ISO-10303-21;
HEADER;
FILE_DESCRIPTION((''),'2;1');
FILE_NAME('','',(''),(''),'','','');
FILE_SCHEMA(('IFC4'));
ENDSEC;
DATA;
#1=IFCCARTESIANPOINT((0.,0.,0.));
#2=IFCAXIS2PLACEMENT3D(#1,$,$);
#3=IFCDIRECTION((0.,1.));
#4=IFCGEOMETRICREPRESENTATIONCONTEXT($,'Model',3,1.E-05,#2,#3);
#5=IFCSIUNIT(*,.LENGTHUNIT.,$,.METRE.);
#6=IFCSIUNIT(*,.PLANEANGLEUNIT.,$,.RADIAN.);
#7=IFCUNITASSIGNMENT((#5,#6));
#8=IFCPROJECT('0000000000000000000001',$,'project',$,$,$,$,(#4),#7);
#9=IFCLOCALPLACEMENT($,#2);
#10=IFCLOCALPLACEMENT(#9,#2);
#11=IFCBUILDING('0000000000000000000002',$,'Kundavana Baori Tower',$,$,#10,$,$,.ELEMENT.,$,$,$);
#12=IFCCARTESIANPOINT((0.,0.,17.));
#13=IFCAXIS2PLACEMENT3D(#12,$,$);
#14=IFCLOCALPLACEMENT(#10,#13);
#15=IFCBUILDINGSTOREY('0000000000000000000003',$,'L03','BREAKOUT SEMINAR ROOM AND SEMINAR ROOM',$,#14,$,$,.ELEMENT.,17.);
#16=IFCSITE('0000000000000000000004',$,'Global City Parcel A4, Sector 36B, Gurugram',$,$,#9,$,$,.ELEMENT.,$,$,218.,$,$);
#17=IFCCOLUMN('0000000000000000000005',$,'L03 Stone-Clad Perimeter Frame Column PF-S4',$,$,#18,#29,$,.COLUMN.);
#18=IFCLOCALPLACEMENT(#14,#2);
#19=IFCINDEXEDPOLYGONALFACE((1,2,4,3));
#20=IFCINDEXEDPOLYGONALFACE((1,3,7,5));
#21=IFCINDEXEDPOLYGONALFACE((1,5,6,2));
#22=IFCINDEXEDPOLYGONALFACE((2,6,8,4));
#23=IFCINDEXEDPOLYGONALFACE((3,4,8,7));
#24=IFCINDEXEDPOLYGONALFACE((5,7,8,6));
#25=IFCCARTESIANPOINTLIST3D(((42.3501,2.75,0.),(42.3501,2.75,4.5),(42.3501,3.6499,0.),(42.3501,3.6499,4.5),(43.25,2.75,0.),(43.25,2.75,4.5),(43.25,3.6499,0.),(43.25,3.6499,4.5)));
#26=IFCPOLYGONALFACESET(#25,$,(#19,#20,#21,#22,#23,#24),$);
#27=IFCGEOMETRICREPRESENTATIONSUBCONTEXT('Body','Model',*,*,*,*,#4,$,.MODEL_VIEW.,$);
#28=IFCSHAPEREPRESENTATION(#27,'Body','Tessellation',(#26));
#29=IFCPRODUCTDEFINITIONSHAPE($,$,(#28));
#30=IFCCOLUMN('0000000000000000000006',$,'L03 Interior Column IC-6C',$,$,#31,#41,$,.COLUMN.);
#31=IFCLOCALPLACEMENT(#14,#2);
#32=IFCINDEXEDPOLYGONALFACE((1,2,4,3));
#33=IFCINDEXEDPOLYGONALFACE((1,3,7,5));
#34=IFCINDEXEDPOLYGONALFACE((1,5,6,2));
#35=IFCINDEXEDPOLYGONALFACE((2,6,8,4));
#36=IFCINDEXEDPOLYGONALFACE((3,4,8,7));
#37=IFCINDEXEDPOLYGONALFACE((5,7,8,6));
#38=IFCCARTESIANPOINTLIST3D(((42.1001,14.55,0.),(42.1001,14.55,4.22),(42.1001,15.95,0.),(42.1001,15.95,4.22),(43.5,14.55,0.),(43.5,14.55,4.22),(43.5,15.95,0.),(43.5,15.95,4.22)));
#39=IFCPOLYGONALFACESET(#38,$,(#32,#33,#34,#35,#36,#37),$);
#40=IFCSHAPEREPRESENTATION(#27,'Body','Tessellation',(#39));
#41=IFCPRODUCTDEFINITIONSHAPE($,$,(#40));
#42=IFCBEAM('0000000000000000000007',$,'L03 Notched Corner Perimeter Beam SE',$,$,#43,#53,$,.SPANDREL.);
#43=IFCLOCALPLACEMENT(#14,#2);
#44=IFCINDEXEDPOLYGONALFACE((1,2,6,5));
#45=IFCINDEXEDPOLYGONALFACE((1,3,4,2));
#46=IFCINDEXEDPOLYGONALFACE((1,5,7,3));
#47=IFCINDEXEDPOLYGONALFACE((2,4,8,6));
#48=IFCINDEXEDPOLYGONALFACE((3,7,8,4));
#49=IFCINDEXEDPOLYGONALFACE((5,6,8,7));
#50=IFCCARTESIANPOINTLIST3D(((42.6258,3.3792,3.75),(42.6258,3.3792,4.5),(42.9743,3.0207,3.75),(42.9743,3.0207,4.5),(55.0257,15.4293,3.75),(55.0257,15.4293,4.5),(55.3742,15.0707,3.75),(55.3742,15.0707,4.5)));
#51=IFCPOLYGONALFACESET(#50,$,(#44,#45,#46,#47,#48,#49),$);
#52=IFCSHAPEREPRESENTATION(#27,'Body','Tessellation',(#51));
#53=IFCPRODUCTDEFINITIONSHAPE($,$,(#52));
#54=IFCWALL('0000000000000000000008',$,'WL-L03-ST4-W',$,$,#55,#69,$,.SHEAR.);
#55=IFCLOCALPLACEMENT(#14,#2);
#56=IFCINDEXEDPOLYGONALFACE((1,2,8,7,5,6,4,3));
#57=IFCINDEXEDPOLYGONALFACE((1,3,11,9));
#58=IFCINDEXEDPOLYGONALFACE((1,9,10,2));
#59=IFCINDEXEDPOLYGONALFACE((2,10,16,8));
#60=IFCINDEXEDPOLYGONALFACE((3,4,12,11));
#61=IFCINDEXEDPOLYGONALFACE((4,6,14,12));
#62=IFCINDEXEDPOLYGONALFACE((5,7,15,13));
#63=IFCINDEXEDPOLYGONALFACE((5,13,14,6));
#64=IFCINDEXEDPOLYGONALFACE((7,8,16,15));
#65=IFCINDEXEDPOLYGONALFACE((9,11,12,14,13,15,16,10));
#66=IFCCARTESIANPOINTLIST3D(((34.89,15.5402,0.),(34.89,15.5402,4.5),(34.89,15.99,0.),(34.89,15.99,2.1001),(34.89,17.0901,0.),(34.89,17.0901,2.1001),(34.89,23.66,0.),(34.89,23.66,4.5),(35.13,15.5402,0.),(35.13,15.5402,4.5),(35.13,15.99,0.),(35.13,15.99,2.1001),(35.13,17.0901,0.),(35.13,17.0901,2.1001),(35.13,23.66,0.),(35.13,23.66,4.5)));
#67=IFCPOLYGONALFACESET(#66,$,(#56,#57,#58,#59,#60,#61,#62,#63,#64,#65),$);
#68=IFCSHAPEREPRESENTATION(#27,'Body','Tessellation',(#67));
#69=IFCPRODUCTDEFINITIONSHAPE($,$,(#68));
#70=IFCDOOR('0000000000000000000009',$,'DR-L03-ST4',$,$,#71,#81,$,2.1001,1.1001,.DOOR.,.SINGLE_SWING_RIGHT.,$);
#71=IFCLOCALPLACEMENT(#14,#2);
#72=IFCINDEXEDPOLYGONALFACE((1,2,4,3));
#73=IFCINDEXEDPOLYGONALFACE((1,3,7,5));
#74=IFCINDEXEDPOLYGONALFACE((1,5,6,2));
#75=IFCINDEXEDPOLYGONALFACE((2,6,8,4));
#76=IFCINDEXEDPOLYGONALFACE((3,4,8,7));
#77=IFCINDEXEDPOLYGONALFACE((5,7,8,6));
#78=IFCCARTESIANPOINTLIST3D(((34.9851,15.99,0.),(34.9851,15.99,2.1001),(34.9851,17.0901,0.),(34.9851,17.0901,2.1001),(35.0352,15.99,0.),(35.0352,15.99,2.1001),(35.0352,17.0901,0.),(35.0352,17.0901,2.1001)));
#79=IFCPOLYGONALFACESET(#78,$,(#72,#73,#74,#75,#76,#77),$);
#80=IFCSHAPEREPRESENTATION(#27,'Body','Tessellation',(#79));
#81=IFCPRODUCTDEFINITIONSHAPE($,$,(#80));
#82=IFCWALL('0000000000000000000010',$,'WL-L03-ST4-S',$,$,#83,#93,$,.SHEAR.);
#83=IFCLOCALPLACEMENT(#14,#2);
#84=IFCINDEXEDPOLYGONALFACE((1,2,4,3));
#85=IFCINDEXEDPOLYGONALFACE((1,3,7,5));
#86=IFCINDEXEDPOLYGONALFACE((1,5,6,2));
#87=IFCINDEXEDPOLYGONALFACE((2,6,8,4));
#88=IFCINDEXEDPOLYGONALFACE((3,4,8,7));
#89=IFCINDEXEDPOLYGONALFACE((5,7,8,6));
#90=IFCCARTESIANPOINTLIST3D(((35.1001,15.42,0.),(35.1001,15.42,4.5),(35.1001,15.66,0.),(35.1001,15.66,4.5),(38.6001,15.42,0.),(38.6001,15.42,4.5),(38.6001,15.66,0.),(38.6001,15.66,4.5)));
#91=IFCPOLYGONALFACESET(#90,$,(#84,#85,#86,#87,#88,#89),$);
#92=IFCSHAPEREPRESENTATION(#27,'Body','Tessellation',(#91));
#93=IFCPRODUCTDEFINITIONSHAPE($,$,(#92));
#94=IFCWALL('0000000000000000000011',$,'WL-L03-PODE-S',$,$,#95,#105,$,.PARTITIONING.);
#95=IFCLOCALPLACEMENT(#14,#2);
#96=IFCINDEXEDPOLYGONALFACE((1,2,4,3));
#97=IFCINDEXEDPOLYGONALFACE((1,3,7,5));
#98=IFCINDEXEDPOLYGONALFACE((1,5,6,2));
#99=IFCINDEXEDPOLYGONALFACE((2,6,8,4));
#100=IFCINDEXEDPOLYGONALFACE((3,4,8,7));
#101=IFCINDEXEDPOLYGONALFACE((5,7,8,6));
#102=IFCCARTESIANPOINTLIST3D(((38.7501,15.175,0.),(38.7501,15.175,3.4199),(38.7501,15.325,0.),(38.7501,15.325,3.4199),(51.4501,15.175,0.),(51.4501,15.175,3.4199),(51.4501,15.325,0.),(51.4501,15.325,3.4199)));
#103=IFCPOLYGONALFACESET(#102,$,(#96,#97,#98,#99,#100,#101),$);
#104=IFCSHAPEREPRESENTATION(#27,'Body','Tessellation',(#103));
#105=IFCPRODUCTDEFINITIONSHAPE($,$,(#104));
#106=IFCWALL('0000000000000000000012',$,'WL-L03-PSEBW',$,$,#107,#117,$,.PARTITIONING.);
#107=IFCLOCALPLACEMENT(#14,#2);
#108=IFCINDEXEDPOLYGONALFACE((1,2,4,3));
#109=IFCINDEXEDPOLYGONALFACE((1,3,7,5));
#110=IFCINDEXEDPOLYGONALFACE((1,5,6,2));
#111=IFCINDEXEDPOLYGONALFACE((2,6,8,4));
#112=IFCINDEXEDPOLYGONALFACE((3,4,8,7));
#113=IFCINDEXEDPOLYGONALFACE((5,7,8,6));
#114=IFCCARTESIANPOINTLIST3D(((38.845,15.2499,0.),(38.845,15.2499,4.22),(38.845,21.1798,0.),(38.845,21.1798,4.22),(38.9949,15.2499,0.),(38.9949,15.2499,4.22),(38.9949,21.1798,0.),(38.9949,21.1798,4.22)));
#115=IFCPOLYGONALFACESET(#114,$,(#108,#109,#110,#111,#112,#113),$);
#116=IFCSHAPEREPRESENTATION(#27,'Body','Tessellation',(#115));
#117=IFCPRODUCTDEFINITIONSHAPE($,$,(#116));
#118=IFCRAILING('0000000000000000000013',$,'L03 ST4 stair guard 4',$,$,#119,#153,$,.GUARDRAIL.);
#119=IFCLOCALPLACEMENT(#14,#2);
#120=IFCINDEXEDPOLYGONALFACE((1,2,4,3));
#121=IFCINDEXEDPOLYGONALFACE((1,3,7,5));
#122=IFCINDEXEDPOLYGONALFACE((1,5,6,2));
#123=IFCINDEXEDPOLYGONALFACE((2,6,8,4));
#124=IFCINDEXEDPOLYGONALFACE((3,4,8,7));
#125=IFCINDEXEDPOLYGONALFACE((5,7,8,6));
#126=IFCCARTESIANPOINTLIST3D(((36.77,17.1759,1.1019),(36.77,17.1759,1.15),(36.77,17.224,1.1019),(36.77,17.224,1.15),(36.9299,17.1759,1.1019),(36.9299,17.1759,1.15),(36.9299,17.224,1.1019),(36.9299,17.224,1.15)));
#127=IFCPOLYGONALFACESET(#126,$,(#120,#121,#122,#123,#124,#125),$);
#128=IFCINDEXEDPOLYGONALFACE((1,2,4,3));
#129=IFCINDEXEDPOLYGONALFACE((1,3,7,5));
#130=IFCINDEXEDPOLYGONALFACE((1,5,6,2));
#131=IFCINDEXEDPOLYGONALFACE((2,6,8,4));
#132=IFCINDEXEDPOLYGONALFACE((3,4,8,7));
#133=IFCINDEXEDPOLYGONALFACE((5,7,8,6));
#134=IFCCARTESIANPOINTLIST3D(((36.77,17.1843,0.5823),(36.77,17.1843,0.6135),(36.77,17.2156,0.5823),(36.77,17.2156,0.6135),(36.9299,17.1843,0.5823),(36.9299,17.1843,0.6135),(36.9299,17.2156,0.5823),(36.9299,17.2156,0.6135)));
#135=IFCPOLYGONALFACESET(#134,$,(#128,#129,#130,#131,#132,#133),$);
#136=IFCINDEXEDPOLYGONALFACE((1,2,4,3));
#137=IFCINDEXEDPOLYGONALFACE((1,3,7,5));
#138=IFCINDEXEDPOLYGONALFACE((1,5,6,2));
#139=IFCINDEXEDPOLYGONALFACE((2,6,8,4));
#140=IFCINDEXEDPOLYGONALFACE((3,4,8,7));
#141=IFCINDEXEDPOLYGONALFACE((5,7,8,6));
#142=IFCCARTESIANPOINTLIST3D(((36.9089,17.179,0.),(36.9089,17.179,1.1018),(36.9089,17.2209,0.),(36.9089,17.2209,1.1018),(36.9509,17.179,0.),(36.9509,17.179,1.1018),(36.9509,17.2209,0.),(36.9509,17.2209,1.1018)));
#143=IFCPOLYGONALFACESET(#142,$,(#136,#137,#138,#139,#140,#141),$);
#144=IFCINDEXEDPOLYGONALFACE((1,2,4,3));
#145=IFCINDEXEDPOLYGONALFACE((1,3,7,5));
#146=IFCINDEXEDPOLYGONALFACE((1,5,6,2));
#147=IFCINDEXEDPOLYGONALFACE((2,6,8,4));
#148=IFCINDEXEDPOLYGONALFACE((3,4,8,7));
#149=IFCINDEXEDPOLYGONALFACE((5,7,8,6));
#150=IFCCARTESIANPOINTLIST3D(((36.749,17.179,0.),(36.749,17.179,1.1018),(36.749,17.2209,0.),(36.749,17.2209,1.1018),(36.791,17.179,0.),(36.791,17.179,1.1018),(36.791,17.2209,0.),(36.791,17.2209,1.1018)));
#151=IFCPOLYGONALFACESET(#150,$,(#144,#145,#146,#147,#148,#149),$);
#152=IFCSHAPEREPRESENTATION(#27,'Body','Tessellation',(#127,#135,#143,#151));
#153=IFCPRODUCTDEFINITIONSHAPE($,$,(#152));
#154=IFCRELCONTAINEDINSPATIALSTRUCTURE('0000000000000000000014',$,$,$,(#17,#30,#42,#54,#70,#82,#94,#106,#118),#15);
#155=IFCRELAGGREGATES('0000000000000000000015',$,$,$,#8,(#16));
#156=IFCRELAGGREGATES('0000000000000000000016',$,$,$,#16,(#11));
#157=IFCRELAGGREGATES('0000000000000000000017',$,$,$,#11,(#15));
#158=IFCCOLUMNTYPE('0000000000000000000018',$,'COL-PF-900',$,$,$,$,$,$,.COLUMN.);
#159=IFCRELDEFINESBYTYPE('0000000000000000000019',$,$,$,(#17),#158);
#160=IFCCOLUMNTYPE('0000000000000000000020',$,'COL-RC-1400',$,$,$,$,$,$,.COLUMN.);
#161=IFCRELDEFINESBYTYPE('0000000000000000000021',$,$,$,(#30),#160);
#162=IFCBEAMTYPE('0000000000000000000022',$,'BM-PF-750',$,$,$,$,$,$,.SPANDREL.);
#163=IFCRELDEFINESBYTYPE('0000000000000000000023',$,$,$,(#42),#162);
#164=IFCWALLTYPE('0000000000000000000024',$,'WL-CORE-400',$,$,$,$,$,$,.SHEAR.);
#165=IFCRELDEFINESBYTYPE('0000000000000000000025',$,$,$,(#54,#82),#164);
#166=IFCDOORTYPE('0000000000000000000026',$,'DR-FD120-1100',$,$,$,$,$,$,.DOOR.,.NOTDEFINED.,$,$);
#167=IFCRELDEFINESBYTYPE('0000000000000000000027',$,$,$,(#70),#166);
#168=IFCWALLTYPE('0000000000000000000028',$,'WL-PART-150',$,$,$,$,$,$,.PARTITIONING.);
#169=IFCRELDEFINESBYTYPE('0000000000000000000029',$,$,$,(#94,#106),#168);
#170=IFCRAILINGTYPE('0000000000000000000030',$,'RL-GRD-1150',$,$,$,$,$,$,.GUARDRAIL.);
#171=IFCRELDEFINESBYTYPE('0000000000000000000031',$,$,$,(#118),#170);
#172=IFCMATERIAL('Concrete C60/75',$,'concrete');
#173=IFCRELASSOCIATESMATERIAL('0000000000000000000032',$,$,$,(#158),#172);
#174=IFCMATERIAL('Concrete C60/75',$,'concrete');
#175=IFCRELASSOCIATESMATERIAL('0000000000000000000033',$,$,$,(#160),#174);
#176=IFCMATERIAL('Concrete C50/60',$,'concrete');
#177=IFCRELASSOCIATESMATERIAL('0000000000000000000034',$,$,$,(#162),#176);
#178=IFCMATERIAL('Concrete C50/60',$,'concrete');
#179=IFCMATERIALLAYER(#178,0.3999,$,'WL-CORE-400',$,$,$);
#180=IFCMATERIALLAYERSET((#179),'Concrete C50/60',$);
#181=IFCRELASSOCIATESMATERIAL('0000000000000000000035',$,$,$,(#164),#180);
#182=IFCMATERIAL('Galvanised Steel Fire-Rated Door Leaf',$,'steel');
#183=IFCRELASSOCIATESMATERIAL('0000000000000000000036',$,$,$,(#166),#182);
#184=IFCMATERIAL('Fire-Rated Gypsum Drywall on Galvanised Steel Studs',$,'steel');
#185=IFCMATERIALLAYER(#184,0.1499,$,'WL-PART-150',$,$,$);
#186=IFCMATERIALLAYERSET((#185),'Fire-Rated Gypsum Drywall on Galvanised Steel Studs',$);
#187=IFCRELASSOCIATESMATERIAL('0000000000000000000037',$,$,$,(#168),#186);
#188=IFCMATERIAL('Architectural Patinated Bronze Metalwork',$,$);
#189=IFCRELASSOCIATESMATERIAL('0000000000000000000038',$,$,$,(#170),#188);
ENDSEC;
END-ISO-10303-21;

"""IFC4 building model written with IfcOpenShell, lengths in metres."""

from ifc_helpers import new_model, si_unit, direction, frame, frame_2d, origin, origin_2d, place, context, subcontext, project, spatial, rectangle, extrude, material, layer, layer_set, material_profile, profile_set, type_object, element, fill, save


model = new_model("IFC4")

# Units and contexts
model_context = context("Model", 3, precision=1e-05, world=origin(), true_north=direction((0.0, 1.0)))
body_context = subcontext(model_context, "Body", "Model", "MODEL_VIEW")
ifc_project = project(units=[si_unit("LENGTHUNIT", "METRE"), si_unit("PLANEANGLEUNIT", "RADIAN")], contexts=[model_context])

# Site, building, storey
site_placement = place(None, origin())
site = spatial("IfcSite", under=ifc_project, at=site_placement, Name="Global City Parcel A4, Sector 36B, Gurugram", CompositionType="ELEMENT", RefElevation=218.0)
building_placement = place(site_placement, origin())
building = spatial("IfcBuilding", under=site, at=building_placement, Name="Kundavana Baori Tower", CompositionType="ELEMENT")
storey_placement = place(building_placement, frame((0.0, 0.0, 17.0)))
storey = spatial("IfcBuildingStorey", under=building, at=storey_placement, Name="L03", Description="BREAKOUT SEMINAR ROOM AND SEMINAR ROOM", CompositionType="ELEMENT", Elevation=17.0)

# Columns
ifc_material_1 = material(Name="Concrete C60/75", Category="concrete")
ifc_material_profile_1 = material_profile(ifc_material_1, rectangle(XDim=0.8999, YDim=0.8999, at=origin_2d()), Name="RC PF 900x900")
ifc_profile_set_1 = profile_set([ifc_material_profile_1], Name="Concrete C60/75")
column_type_1 = type_object("IfcColumnType", Name="COL-PF-900", PredefinedType="COLUMN", material=ifc_profile_set_1)
column_1_placement = place(storey_placement, frame((42.8, 3.2, 0.0), z_axis=(0.0, 0.0, 1.0), x_axis=(1.0, 0.0, 0.0)))
element("IfcColumn", 1, at=column_1_placement, inside=storey, type_object=column_type_1, Name="L03 Stone-Clad Perimeter Frame Column PF-S4", PredefinedType="COLUMN", context=body_context, shape_type="SweptSolid", body=[
    extrude(rectangle(XDim=0.8999, YDim=0.8999, at=origin_2d()), origin(), (0.0, 0.0, 1.0), 4.5),
])
ifc_material_2 = material(Name="Concrete C60/75", Category="concrete")
ifc_material_profile_2 = material_profile(ifc_material_2, rectangle(XDim=1.3999, YDim=1.3999, at=origin_2d()), Name="RC 1400x1400")
ifc_profile_set_2 = profile_set([ifc_material_profile_2], Name="Concrete C60/75")
column_type_2 = type_object("IfcColumnType", Name="COL-RC-1400", PredefinedType="COLUMN", material=ifc_profile_set_2)
column_2_placement = place(storey_placement, frame((42.8, 15.25, 0.0), z_axis=(0.0, 0.0, 1.0), x_axis=(1.0, 0.0, 0.0)))
element("IfcColumn", 2, at=column_2_placement, inside=storey, type_object=column_type_2, Name="L03 Interior Column IC-6C", PredefinedType="COLUMN", context=body_context, shape_type="SweptSolid", body=[
    extrude(rectangle(XDim=1.3999, YDim=1.3999, at=origin_2d()), origin(), (0.0, 0.0, 1.0), 4.22),
])

# Beam
ifc_material_3 = material(Name="Concrete C50/60", Category="concrete")
ifc_material_profile_3 = material_profile(ifc_material_3, rectangle(XDim=0.5, YDim=0.75, at=origin_2d()), Name="RC BM 500x750")
ifc_profile_set_3 = profile_set([ifc_material_profile_3], Name="Concrete C50/60")
beam_type = type_object("IfcBeamType", Name="BM-PF-750", PredefinedType="SPANDREL", material=ifc_profile_set_3)
beam_placement = place(storey_placement, frame((42.8, 3.2, 4.125), z_axis=(0.717151, 0.696917, 0.0), x_axis=(-0.696917, 0.717151, 0.0)))
element("IfcBeam", 3, at=beam_placement, inside=storey, type_object=beam_type, Name="L03 Notched Corner Perimeter Beam SE", PredefinedType="SPANDREL", context=body_context, shape_type="SweptSolid", body=[
    extrude(rectangle(XDim=0.5, YDim=0.75, at=origin_2d()), origin(), (0.0, 0.0, 1.0), 17.2905),
])

# Wall, opening, door
ifc_material_4 = material(Name="Concrete C50/60", Category="concrete")
ifc_layer_1 = layer(ifc_material_4, 0.3999, Name="WL-CORE-400")
ifc_layer_set_1 = layer_set([ifc_layer_1], Name="Concrete C50/60")
wall_type_1 = type_object("IfcWallType", Name="WL-CORE-400", PredefinedType="SHEAR", material=ifc_layer_set_1)
wall_1_placement = place(storey_placement, frame((35.01, 15.54, 0.0), z_axis=(0.0, 0.0, 1.0), x_axis=(0.0, 1.0, 0.0)))
wall_1 = element("IfcWall", 4, at=wall_1_placement, inside=storey, type_object=wall_type_1, Name="WL-L03-ST4-W", PredefinedType="SHEAR", context=body_context, shape_type="SweptSolid", body=[
    extrude(rectangle(XDim=8.1199, YDim=0.24, at=frame_2d((4.0601, 0.0))), origin(), (0.0, 0.0, 1.0), 4.5),
])
opening_placement = place(wall_1_placement, frame((0.45, 0.0, 0.0)))
opening = element("IfcOpeningElement", 5, at=opening_placement, cuts=wall_1, PredefinedType="OPENING", context=body_context, shape_type="SweptSolid", body=[
    extrude(rectangle(XDim=1.1001, YDim=2.1001, at=frame_2d((0.55, 1.05))), frame((0.0, 0.1299, 0.0), z_axis=(0.0, -1.0, 0.0), x_axis=(1.0, 0.0, 0.0)), (0.0, 0.0, 1.0), 0.26),
])
ifc_material_5 = material(Name="Galvanised Steel Fire-Rated Door Leaf", Category="steel")
door_type = type_object("IfcDoorType", Name="DR-FD120-1100", OperationType="NOTDEFINED", PredefinedType="DOOR", material=ifc_material_5)
door_placement = place(opening_placement, origin())
door = element("IfcDoor", 6, at=door_placement, inside=storey, type_object=door_type, Name="DR-L03-ST4", OperationType="SINGLE_SWING_RIGHT", OverallHeight=2.1001, OverallWidth=1.1001, PredefinedType="DOOR", context=body_context, shape_type="SweptSolid", body=[
    extrude(rectangle(XDim=1.1001, YDim=2.1001, at=frame_2d((0.55, 1.05))), frame((0.0, 0.0249, 0.0), z_axis=(0.0, -1.0, 0.0), x_axis=(1.0, 0.0, 0.0)), (0.0, 0.0, 1.0), 0.05),
])
fill(opening, door)

# Walls
wall_2_placement = place(storey_placement, frame((35.1001, 15.54, 0.0), z_axis=(0.0, 0.0, 1.0), x_axis=(1.0, 0.0, 0.0)))
element("IfcWall", 7, at=wall_2_placement, inside=storey, type_object=wall_type_1, Name="WL-L03-ST4-S", PredefinedType="SHEAR", context=body_context, shape_type="SweptSolid", body=[
    extrude(rectangle(XDim=3.5, YDim=0.24, at=frame_2d((1.75, 0.0))), origin(), (0.0, 0.0, 1.0), 4.5),
])
ifc_material_6 = material(Name="Fire-Rated Gypsum Drywall on Galvanised Steel Studs", Category="steel")
ifc_layer_2 = layer(ifc_material_6, 0.1499, Name="WL-PART-150")
ifc_layer_set_2 = layer_set([ifc_layer_2], Name="Fire-Rated Gypsum Drywall on Galvanised Steel Studs")
wall_type_2 = type_object("IfcWallType", Name="WL-PART-150", PredefinedType="PARTITIONING", material=ifc_layer_set_2)
wall_3_placement = place(storey_placement, frame((38.75, 15.25, 0.0), z_axis=(0.0, 0.0, 1.0), x_axis=(1.0, 0.0, 0.0)))
element("IfcWall", 8, at=wall_3_placement, inside=storey, type_object=wall_type_2, Name="WL-L03-PODE-S", PredefinedType="PARTITIONING", context=body_context, shape_type="SweptSolid", body=[
    extrude(rectangle(XDim=12.7, YDim=0.1499, at=frame_2d((6.3501, 0.0))), origin(), (0.0, 0.0, 1.0), 3.4199),
])
wall_4_placement = place(storey_placement, frame((38.9199, 15.25, 0.0), z_axis=(0.0, 0.0, 1.0), x_axis=(0.0, 1.0, 0.0)))
element("IfcWall", 9, at=wall_4_placement, inside=storey, type_object=wall_type_2, Name="WL-L03-PSEBW", PredefinedType="PARTITIONING", context=body_context, shape_type="SweptSolid", body=[
    extrude(rectangle(XDim=5.9299, YDim=0.1499, at=frame_2d((2.9648, 0.0))), origin(), (0.0, 0.0, 1.0), 4.22),
])

# Railing
ifc_material_7 = material(Name="Architectural Patinated Bronze Metalwork")
railing_type = type_object("IfcRailingType", Name="RL-GRD-1150", PredefinedType="GUARDRAIL", material=ifc_material_7)
railing_placement = place(storey_placement, frame((36.9299, 17.2, 0.0)))
element("IfcRailing", 10, at=railing_placement, inside=storey, type_object=railing_type, Name="L03 ST4 stair guard 4", PredefinedType="GUARDRAIL", context=body_context, shape_type="SweptSolid", body=[
    extrude(rectangle(XDim=0.0481, YDim=0.0481, at=origin_2d()), frame((0.0, 0.0, 1.126), z_axis=(-1.0, 0.0, 0.0), x_axis=(0.0, -1.0, 0.0)), (0.0, 0.0, 1.0), 0.1599),
    extrude(rectangle(XDim=0.0312, YDim=0.0312, at=origin_2d()), frame((0.0, 0.0, 0.5979), z_axis=(-1.0, 0.0, 0.0), x_axis=(0.0, -1.0, 0.0)), (0.0, 0.0, 1.0), 0.1599),
    extrude(rectangle(XDim=0.042, YDim=0.042, at=origin_2d()), origin(), (0.0, 0.0, 1.0), 1.1018),
    extrude(rectangle(XDim=0.042, YDim=0.042, at=origin_2d()), frame((-0.1599, 0.0, 0.0)), (0.0, 0.0, 1.0), 1.1018),
])

save(model, "model.ifc")
